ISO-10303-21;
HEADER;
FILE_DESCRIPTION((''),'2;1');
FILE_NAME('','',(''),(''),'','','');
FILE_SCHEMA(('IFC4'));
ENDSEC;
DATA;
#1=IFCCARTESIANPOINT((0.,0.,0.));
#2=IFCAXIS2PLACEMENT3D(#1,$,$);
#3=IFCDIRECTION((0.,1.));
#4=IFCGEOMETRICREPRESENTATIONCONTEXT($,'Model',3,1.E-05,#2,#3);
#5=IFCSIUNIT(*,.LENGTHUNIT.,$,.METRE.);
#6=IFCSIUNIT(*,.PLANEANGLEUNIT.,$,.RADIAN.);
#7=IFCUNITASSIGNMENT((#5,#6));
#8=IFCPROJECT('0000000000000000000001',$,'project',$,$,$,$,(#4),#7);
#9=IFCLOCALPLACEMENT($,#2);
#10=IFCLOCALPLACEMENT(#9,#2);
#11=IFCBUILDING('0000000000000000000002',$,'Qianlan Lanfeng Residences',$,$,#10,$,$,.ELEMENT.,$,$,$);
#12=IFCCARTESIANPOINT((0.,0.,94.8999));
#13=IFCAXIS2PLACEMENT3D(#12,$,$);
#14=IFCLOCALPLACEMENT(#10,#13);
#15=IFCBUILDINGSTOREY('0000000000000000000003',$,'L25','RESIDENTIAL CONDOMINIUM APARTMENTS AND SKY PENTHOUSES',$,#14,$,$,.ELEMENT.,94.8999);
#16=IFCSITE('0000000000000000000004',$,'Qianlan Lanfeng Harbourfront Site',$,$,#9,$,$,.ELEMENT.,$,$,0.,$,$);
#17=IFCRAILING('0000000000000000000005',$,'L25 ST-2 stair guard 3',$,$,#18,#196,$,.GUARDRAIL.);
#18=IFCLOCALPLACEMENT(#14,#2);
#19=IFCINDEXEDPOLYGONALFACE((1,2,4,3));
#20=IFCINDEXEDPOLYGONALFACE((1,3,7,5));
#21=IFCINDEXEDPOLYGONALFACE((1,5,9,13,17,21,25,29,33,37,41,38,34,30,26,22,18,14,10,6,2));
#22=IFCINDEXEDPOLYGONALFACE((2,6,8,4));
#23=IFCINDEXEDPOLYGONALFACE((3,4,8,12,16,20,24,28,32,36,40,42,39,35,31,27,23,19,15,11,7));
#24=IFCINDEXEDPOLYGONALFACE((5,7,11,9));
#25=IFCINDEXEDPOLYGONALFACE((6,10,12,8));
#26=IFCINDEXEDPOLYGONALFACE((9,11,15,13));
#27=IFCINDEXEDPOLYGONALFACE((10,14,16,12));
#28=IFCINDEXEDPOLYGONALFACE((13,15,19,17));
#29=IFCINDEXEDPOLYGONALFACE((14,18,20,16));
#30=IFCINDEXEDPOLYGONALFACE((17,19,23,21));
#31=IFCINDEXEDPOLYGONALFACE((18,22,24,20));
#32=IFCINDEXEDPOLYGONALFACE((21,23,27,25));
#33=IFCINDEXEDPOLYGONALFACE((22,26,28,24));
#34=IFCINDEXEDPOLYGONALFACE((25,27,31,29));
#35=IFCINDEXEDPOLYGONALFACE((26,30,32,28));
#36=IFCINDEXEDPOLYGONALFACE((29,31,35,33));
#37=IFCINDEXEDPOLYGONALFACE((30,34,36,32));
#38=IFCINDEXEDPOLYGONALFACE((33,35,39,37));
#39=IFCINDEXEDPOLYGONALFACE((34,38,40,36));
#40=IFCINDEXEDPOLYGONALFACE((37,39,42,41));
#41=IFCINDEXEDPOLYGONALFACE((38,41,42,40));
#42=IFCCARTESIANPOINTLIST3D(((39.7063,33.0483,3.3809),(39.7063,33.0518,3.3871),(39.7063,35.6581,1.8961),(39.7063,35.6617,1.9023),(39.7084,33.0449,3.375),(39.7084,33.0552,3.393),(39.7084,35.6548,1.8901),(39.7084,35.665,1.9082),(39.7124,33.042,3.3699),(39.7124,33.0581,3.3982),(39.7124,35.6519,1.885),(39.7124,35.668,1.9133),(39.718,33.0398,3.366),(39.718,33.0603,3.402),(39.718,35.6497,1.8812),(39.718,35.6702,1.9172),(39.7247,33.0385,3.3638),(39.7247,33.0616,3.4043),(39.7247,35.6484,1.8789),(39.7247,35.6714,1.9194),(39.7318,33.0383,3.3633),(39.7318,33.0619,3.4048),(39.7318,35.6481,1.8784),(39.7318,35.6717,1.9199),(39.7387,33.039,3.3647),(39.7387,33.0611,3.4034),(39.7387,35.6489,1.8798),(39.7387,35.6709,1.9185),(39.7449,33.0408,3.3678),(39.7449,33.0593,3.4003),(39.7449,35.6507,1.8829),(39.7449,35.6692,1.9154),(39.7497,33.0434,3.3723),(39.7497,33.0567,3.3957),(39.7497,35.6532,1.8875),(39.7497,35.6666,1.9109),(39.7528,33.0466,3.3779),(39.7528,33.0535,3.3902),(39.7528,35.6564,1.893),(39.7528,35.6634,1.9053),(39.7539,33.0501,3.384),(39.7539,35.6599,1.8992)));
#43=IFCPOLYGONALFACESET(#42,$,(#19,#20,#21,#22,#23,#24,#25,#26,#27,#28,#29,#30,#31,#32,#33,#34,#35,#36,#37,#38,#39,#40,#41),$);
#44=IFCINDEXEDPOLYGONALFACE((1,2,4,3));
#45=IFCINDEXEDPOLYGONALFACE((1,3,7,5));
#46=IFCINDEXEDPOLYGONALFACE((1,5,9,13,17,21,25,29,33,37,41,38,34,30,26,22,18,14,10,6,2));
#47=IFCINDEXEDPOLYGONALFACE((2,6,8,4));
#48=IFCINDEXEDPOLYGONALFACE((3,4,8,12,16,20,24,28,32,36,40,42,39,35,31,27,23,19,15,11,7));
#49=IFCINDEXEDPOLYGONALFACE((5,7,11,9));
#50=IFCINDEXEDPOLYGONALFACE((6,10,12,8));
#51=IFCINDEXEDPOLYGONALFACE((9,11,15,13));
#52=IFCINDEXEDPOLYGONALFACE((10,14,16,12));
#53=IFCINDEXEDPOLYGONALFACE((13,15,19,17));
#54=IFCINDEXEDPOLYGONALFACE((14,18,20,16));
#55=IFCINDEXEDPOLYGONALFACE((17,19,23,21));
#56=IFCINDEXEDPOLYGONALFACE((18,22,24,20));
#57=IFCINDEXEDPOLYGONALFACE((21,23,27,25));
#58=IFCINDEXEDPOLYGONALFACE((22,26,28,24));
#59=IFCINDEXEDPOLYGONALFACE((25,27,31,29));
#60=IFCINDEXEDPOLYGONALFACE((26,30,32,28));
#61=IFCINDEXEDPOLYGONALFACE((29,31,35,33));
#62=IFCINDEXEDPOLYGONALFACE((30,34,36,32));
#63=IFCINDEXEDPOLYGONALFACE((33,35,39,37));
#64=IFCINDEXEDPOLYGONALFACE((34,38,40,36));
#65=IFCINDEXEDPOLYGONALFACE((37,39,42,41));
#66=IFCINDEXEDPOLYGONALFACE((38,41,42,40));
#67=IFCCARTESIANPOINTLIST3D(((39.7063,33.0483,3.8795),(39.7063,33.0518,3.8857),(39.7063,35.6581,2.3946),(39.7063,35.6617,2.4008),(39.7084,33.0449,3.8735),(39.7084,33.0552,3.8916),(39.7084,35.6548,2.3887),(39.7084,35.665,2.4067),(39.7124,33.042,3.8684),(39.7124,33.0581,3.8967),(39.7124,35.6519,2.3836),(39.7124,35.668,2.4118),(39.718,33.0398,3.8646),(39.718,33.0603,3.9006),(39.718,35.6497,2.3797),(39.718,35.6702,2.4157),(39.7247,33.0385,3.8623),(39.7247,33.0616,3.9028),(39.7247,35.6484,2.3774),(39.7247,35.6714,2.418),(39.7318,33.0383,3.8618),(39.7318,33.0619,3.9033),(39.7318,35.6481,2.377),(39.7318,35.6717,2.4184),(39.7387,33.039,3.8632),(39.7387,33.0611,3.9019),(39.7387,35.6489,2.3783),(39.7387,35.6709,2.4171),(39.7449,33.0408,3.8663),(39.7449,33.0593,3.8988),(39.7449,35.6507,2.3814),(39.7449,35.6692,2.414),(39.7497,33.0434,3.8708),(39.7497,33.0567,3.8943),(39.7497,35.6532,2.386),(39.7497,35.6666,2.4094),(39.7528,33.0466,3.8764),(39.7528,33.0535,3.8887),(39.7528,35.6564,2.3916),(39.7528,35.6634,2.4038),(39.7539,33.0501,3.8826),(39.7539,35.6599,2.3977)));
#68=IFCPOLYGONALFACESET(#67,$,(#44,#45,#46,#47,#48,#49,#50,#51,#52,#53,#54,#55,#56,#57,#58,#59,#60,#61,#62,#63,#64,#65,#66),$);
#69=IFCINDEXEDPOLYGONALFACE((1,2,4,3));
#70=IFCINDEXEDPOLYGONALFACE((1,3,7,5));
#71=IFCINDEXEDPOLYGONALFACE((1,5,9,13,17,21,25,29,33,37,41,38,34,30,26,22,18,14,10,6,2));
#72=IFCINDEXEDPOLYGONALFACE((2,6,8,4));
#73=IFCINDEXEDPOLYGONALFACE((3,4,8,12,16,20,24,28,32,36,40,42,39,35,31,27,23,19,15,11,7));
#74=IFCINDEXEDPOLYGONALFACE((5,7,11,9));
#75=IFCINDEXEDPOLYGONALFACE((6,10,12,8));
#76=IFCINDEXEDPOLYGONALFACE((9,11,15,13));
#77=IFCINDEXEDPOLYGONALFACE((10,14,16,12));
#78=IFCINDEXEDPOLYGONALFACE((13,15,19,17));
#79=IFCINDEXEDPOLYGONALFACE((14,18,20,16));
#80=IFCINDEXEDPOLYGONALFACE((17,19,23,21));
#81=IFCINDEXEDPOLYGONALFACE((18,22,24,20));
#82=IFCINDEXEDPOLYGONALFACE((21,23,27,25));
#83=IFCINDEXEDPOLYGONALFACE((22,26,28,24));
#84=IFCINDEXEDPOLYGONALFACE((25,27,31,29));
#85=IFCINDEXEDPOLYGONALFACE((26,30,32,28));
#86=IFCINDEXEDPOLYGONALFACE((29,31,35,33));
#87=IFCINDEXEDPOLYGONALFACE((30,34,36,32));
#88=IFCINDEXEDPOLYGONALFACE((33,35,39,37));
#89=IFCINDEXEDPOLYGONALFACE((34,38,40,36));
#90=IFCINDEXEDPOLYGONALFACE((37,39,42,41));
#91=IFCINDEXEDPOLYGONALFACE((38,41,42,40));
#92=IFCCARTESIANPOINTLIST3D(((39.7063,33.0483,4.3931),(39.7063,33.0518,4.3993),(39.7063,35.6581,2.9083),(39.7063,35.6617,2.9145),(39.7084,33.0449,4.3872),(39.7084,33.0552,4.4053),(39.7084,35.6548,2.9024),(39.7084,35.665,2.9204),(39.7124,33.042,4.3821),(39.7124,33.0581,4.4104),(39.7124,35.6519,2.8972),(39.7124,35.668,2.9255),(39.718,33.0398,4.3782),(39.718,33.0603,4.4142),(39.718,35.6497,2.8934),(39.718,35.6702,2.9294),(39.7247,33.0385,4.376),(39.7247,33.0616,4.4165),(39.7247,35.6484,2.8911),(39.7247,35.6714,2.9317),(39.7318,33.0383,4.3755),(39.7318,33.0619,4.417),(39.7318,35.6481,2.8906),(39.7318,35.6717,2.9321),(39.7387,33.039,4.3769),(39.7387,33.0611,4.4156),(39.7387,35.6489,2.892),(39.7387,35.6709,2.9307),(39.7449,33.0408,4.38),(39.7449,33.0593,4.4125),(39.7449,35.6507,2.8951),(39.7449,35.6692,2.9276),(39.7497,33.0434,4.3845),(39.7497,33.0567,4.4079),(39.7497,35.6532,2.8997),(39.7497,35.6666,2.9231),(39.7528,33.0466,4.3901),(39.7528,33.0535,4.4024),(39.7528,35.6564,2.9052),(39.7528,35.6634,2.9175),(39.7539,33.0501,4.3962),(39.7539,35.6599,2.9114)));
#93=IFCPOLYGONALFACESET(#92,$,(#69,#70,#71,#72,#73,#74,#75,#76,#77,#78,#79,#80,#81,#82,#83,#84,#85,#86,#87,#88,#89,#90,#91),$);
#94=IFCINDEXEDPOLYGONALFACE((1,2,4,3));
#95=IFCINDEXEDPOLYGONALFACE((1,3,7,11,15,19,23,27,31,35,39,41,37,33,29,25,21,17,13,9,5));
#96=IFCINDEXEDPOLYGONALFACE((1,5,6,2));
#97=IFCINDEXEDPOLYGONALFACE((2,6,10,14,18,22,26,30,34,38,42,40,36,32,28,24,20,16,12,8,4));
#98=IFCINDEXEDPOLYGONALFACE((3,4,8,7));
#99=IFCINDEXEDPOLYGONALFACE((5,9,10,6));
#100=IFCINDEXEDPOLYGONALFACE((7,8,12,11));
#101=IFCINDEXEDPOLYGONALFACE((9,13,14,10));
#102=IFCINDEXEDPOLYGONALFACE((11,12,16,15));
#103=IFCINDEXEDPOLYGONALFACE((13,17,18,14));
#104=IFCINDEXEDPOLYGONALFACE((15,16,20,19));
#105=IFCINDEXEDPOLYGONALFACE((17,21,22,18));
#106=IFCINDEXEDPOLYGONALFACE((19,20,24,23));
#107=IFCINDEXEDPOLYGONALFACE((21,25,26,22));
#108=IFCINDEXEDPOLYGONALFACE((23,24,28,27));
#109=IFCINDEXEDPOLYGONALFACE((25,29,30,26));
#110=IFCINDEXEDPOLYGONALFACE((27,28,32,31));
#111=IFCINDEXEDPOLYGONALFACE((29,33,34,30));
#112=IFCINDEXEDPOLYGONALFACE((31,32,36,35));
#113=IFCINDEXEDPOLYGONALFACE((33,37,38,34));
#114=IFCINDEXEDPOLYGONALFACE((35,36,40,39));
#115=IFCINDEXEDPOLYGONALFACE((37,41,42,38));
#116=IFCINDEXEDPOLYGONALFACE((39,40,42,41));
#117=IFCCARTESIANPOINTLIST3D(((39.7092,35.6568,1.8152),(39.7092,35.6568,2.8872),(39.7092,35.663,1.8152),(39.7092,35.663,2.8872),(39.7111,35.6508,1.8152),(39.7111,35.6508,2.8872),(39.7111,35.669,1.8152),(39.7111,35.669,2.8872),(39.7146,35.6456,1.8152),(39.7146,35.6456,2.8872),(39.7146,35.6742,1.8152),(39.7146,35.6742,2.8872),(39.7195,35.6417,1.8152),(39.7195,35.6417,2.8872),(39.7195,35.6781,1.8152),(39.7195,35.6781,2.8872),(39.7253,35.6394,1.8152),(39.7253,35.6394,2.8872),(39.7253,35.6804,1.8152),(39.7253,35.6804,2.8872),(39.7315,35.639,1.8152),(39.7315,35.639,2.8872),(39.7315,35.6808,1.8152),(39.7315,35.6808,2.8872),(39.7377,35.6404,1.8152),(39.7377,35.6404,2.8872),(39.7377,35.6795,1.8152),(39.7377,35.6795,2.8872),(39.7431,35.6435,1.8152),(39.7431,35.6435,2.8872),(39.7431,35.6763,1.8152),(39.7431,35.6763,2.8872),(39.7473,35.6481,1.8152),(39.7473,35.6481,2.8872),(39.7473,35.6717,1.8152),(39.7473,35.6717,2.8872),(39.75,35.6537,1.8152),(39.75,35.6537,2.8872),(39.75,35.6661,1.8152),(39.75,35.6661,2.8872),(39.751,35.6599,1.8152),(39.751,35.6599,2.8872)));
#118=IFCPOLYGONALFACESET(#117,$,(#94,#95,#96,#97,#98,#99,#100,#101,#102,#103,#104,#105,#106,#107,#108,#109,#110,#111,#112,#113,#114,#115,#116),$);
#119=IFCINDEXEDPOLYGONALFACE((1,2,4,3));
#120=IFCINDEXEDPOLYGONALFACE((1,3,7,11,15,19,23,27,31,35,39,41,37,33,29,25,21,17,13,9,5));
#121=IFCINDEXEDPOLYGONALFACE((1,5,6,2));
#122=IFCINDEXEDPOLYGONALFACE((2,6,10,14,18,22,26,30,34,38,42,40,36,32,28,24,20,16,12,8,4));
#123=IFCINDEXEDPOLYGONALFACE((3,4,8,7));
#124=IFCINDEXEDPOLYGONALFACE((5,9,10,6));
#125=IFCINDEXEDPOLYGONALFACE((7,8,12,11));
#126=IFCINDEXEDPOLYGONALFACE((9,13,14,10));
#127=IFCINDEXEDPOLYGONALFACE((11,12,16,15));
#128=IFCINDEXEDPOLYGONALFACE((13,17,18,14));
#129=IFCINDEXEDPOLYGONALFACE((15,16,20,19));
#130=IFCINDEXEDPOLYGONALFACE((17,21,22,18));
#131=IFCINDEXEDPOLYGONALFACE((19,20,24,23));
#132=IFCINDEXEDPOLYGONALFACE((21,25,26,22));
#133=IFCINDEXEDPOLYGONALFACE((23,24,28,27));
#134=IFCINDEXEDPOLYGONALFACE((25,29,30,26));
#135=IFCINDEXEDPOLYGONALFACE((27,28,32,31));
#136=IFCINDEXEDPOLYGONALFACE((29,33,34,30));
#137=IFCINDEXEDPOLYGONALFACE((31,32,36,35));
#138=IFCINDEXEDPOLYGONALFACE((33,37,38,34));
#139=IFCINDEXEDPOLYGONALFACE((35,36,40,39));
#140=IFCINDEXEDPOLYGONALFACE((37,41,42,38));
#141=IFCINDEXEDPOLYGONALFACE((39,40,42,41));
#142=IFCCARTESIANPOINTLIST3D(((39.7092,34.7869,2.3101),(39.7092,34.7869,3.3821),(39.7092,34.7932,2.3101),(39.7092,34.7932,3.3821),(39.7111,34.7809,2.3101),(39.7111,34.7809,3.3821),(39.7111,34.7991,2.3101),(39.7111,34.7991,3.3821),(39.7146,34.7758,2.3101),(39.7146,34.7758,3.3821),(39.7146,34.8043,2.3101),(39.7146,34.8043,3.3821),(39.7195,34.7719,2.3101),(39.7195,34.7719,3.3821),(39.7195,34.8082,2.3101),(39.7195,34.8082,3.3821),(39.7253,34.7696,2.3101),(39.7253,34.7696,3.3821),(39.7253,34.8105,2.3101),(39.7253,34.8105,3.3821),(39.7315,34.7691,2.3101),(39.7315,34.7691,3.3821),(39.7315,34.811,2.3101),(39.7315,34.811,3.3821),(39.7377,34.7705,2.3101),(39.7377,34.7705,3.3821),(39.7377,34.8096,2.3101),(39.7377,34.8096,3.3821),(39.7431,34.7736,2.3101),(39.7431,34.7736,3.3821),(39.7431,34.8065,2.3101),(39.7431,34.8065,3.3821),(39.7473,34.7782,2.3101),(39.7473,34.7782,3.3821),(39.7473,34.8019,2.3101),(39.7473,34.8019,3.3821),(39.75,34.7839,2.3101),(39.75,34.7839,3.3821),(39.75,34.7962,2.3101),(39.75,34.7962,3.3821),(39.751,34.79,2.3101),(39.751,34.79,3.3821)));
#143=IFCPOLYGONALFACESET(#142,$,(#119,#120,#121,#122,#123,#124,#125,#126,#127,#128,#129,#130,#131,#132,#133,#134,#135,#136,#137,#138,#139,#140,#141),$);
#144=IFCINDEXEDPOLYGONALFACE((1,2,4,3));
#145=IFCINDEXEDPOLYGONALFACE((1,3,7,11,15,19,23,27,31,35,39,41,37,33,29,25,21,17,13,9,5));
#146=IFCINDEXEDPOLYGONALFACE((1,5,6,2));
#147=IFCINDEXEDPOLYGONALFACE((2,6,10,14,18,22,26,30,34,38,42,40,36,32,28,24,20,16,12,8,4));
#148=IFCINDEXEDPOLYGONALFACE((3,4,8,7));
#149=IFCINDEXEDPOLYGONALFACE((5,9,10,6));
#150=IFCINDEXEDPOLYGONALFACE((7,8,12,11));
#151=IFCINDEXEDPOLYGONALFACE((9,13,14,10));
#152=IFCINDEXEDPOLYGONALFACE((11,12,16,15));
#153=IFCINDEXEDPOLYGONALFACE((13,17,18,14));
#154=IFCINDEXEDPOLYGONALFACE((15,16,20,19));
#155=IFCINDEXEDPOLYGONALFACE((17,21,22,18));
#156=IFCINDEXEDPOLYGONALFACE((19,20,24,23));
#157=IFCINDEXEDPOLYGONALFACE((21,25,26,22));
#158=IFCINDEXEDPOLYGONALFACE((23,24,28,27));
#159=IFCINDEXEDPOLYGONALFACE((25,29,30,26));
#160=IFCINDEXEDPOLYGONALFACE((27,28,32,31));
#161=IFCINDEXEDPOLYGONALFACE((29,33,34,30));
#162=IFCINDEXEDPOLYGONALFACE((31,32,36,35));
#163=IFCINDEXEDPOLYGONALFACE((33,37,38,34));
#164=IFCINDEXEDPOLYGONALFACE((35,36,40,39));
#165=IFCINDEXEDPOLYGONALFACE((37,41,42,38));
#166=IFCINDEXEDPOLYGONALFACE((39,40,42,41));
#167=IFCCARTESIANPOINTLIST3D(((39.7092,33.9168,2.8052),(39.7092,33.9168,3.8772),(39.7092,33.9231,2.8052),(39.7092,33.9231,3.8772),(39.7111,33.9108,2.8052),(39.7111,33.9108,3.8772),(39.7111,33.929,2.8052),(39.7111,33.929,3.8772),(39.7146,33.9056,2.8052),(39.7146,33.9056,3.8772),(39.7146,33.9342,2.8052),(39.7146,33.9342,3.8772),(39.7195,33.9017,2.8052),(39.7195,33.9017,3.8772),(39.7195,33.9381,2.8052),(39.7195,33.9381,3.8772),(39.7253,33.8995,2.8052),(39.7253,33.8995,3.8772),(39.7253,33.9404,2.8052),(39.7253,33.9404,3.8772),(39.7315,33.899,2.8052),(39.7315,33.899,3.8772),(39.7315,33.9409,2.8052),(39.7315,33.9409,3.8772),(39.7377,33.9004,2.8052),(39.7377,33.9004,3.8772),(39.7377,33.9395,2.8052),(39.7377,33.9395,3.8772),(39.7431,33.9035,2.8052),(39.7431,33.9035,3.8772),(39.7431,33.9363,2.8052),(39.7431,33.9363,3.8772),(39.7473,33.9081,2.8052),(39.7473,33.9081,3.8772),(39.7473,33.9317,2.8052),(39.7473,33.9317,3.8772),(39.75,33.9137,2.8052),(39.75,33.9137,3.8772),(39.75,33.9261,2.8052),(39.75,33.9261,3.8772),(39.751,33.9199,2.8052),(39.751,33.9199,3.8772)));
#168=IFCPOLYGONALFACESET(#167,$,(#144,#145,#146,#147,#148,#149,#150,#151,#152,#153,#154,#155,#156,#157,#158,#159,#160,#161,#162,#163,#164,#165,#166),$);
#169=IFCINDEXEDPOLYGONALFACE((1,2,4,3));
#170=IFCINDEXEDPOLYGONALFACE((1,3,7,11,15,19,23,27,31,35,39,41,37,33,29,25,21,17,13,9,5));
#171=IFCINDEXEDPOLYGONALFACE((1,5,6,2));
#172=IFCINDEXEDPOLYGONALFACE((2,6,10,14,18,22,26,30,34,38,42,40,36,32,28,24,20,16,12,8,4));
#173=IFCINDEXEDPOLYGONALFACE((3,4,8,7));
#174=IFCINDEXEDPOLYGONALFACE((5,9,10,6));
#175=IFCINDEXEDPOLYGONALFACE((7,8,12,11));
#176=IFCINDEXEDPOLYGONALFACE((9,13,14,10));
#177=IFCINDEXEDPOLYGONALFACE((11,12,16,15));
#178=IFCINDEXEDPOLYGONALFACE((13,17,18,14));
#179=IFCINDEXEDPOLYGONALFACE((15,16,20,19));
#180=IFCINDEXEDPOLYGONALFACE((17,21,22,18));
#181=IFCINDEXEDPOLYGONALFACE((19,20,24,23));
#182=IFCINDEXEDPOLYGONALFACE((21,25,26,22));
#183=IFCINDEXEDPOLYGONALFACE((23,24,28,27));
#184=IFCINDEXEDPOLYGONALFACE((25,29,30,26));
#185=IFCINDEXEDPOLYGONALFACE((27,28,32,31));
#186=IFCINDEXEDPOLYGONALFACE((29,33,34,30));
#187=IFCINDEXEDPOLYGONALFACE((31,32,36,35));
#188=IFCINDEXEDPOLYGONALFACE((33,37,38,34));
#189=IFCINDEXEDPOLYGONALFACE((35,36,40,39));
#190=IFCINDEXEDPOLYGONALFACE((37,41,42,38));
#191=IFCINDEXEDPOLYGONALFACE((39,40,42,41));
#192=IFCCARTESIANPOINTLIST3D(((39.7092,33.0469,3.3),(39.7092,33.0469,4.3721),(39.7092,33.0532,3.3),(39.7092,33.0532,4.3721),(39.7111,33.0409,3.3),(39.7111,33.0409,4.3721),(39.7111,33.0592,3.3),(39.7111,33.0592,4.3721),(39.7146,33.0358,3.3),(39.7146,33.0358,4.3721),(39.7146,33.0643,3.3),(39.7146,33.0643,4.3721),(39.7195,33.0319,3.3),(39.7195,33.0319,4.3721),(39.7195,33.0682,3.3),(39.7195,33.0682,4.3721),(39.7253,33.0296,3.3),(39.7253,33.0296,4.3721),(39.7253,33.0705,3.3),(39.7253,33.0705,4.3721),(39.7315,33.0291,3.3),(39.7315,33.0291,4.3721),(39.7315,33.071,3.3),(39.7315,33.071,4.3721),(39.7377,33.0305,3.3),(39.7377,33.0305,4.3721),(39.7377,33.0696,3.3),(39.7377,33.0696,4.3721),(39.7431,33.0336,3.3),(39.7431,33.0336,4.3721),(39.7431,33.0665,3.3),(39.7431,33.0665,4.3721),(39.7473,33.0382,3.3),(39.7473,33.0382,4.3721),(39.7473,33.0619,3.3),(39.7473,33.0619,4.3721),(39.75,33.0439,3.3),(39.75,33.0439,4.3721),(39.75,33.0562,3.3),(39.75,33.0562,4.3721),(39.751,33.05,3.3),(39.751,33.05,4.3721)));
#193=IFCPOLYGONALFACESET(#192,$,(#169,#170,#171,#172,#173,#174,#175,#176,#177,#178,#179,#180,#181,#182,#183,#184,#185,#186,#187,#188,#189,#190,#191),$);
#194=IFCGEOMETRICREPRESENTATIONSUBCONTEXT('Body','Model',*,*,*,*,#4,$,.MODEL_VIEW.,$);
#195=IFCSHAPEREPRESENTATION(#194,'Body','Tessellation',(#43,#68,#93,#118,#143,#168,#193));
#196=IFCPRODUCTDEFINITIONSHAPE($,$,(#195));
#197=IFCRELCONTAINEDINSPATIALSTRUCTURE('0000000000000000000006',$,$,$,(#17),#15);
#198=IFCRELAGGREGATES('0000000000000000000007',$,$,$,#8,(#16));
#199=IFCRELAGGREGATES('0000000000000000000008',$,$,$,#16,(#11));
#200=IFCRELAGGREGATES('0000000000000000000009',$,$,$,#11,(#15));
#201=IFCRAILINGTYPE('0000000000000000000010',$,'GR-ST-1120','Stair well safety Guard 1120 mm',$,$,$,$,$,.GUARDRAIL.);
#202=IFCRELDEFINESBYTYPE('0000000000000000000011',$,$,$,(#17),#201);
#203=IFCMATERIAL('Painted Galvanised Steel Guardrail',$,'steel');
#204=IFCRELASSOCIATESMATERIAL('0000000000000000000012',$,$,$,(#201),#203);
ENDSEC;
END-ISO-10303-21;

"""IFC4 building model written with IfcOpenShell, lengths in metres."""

from ifc_helpers import new_model, si_unit, direction, frame, origin, origin_2d, place, context, subcontext, project, spatial, circle, extrude, material, type_object, element, save


model = new_model("IFC4")

# Units and contexts
model_context = context("Model", 3, precision=1e-05, world=origin(), true_north=direction((0.0, 1.0)))
body_context = subcontext(model_context, "Body", "Model", "MODEL_VIEW")
ifc_project = project(units=[si_unit("LENGTHUNIT", "METRE"), si_unit("PLANEANGLEUNIT", "RADIAN")], contexts=[model_context])

# Site, building, storey
site_placement = place(None, origin())
site = spatial("IfcSite", under=ifc_project, at=site_placement, Name="Qianlan Lanfeng Harbourfront Site", CompositionType="ELEMENT", RefElevation=0.0)
building_placement = place(site_placement, origin())
building = spatial("IfcBuilding", under=site, at=building_placement, Name="Qianlan Lanfeng Residences", CompositionType="ELEMENT")
storey_placement = place(building_placement, frame((0.0, 0.0, 94.8999)))
storey = spatial("IfcBuildingStorey", under=building, at=storey_placement, Name="L25", Description="RESIDENTIAL CONDOMINIUM APARTMENTS AND SKY PENTHOUSES", CompositionType="ELEMENT", Elevation=94.8999)

# Railing
ifc_material_1 = material(Name="Painted Galvanised Steel Guardrail", Category="steel")
railing_type_1 = type_object("IfcRailingType", Name="GR-ST-1120", Description="Stair well safety Guard 1120 mm", PredefinedType="GUARDRAIL", material=ifc_material_1)
railing_1_placement = place(storey_placement, frame((39.73, 35.6599, 1.8152)))
element("IfcRailing", 1, at=railing_1_placement, inside=storey, type_object=railing_type_1, Name="L25 ST-2 stair guard 3", PredefinedType="GUARDRAIL", context=body_context, shape_type="SweptSolid", body=[
    extrude(circle(Radius=0.0239, at=origin_2d()), frame((0.0, 0.0, 0.084), z_axis=(0.0, -0.869172, 0.494509), x_axis=(1.0, 0.0, 0.0)), (0.0, 0.0, 1.0), 3.0027),
    extrude(circle(Radius=0.0239, at=origin_2d()), frame((0.0, 0.0, 0.5825), z_axis=(0.0, -0.869172, 0.494509), x_axis=(1.0, 0.0, 0.0)), (0.0, 0.0, 1.0), 3.0027),
    extrude(circle(Radius=0.0239, at=origin_2d()), frame((0.0, 0.0, 1.0962), z_axis=(0.0, -0.869172, 0.494509), x_axis=(1.0, 0.0, 0.0)), (0.0, 0.0, 1.0), 3.0027),
    extrude(circle(Radius=0.021, at=origin_2d()), origin(), (0.0, 0.0, 1.0), 1.072),
    extrude(circle(Radius=0.021, at=origin_2d()), frame((0.0, -0.8699, 0.4949)), (0.0, 0.0, 1.0), 1.072),
    extrude(circle(Radius=0.021, at=origin_2d()), frame((0.0, -1.74, 0.99)), (0.0, 0.0, 1.0), 1.072),
    extrude(circle(Radius=0.021, at=origin_2d()), frame((0.0, -2.6099, 1.4849)), (0.0, 0.0, 1.0), 1.072),
])

save(model, "model.ifc")
